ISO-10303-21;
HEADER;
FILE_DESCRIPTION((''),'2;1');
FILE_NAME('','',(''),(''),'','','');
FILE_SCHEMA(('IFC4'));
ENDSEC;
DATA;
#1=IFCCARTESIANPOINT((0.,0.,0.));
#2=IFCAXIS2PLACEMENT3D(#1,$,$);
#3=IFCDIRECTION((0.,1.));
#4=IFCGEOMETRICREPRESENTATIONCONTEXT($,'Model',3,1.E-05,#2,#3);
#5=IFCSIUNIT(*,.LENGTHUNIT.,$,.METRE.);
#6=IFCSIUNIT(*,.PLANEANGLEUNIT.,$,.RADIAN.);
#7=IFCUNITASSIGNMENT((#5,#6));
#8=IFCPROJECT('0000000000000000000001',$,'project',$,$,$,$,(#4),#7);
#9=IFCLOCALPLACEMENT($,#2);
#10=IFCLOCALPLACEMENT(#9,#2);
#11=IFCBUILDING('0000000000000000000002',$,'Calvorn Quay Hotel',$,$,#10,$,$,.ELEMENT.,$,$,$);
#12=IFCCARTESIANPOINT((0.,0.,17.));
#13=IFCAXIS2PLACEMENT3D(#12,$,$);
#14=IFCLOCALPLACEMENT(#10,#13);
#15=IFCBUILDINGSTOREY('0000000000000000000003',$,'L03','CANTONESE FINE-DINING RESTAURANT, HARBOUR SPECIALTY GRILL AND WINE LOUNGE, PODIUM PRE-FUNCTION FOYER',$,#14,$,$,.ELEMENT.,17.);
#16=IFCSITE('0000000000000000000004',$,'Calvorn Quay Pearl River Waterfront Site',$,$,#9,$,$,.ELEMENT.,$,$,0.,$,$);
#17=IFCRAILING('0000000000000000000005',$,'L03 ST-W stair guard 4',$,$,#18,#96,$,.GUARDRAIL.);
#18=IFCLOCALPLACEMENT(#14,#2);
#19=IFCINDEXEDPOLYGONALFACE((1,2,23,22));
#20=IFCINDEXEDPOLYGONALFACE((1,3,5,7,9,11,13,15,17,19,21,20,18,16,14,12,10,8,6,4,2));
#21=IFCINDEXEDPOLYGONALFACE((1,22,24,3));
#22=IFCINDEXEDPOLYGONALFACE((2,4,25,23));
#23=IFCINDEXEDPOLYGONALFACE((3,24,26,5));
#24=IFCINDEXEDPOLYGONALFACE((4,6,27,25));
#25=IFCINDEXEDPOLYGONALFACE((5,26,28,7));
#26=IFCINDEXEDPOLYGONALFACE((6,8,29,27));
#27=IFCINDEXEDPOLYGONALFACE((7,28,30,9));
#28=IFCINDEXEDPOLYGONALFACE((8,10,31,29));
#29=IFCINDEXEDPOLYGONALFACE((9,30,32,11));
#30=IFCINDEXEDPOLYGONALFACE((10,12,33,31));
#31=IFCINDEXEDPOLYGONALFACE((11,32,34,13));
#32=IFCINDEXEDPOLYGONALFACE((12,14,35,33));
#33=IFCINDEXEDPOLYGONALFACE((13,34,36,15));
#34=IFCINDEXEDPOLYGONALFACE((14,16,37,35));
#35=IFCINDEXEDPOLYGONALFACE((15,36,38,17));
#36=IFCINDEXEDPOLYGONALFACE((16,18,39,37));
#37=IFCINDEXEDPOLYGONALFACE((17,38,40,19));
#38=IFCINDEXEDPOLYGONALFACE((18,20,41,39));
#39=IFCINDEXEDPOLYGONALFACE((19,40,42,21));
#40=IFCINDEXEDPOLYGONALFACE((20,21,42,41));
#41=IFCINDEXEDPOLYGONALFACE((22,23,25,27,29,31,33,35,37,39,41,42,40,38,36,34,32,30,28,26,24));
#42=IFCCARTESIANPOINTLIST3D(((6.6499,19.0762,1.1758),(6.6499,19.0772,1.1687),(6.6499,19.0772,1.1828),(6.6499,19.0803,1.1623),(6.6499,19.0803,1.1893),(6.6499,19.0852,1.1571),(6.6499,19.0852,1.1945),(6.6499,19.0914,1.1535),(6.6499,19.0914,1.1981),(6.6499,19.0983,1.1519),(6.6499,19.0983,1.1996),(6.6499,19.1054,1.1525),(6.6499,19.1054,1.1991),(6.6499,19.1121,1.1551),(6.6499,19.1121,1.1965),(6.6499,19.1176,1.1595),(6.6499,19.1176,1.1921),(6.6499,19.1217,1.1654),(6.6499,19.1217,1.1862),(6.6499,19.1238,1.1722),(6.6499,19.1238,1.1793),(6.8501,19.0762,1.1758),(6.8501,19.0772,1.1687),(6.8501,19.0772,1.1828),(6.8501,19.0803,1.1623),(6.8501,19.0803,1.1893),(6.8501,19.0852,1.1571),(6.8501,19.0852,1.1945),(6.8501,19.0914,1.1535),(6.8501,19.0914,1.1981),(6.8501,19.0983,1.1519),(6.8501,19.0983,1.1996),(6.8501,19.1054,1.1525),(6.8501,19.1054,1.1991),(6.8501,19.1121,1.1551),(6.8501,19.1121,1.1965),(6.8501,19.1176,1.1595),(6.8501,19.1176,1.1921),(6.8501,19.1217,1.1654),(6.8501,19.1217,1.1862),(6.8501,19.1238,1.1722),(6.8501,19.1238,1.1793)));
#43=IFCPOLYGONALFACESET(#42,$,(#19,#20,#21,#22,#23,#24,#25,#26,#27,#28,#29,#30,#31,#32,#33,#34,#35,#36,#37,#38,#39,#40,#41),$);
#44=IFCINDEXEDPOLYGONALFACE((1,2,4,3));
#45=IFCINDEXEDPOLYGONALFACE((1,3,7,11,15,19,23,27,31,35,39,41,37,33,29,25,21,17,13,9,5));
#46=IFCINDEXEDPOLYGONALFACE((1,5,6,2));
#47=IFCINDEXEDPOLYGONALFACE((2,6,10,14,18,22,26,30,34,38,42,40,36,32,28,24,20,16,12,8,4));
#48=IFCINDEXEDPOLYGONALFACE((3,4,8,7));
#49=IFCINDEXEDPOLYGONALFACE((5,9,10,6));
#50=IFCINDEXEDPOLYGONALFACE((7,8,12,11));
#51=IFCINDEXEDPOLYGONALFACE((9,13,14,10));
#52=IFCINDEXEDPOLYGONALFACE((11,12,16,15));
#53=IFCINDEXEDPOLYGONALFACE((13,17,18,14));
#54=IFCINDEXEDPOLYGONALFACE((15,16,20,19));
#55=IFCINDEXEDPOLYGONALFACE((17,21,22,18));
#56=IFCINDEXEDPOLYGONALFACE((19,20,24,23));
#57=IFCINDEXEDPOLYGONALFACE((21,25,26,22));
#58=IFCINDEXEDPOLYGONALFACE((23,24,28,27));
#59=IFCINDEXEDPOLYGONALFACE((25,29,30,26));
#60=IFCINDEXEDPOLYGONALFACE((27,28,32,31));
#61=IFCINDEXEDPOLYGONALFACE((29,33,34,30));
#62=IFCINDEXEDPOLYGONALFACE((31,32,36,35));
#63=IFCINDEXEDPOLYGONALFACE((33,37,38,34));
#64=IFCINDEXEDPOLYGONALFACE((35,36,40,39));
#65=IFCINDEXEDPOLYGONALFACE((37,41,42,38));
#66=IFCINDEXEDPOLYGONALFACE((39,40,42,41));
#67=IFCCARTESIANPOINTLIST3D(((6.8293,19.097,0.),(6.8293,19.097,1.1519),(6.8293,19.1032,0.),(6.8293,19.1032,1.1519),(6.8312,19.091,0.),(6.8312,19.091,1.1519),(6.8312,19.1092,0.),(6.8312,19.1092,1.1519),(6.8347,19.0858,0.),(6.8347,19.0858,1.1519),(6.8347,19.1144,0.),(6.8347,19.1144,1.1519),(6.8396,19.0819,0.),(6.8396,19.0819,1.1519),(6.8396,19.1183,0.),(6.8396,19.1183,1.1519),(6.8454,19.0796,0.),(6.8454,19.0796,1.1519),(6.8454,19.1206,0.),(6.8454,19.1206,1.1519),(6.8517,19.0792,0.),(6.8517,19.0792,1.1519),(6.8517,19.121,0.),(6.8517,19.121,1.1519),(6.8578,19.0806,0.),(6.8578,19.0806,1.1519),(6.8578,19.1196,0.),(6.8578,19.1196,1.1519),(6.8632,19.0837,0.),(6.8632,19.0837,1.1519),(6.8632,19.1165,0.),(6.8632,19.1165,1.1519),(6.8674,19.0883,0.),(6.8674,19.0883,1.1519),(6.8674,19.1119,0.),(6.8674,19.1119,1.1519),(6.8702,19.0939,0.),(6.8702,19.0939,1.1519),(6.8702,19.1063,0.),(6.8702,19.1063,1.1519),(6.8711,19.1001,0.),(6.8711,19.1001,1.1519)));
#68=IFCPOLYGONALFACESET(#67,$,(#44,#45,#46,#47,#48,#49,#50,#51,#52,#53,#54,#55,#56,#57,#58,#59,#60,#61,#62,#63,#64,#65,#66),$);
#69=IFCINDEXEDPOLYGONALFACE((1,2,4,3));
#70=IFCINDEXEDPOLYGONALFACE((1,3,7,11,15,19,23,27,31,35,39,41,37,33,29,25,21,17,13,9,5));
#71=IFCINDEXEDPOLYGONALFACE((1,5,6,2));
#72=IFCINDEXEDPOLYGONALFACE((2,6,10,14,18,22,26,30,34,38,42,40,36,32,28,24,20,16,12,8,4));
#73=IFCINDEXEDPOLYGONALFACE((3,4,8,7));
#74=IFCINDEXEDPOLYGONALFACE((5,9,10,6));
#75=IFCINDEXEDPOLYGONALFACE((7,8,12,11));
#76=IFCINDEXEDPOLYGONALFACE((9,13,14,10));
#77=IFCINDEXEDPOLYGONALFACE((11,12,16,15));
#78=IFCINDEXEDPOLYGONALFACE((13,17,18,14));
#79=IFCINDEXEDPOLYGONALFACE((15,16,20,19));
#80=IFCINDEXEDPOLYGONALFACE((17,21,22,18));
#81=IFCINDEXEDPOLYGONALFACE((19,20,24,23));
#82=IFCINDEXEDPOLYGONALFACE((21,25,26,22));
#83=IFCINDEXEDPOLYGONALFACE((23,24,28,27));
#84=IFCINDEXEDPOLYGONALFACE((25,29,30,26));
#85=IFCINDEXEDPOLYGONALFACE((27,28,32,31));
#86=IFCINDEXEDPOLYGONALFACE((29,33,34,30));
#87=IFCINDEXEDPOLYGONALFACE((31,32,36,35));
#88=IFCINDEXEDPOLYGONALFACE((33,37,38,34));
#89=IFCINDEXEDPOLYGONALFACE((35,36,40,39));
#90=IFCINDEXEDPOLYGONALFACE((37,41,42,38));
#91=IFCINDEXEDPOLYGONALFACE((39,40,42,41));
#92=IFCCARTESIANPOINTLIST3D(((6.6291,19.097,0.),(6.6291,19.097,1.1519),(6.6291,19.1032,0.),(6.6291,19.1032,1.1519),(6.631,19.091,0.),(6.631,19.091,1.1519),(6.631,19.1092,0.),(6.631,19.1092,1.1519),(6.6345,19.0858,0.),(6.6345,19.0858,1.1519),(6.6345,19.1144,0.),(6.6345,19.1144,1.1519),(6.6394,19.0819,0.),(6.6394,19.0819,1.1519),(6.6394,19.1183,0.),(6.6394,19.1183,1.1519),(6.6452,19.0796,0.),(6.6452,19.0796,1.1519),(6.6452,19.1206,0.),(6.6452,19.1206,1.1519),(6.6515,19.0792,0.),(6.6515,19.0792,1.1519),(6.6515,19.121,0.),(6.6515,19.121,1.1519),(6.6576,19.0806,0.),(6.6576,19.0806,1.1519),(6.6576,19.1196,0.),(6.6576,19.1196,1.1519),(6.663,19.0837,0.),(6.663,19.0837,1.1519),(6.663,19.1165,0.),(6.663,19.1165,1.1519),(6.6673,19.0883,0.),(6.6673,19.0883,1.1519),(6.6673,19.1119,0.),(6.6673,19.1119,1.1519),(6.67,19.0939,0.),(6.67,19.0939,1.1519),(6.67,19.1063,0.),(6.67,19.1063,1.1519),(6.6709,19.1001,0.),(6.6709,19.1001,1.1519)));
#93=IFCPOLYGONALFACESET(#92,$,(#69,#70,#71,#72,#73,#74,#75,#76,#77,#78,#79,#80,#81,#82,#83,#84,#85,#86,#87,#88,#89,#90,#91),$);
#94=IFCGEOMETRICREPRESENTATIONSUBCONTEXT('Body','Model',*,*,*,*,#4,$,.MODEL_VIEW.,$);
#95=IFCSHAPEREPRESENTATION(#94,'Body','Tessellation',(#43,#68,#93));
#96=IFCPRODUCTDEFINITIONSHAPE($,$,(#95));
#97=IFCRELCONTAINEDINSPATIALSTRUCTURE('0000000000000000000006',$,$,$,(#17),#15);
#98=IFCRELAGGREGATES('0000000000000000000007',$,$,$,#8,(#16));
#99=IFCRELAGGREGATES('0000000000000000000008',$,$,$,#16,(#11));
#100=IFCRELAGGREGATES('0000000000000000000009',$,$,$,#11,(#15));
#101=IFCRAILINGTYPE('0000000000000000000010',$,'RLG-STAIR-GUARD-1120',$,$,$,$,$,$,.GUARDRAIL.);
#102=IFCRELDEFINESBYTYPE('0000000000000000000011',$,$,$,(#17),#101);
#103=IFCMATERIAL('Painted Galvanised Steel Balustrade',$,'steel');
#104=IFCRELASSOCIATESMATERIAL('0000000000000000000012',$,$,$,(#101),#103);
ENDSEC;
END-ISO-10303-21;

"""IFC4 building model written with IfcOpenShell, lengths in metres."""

from ifc_helpers import new_model, si_unit, direction, frame, origin, origin_2d, place, context, subcontext, project, spatial, circle, extrude, material, type_object, element, save


model = new_model("IFC4")

# Units and contexts
model_context = context("Model", 3, precision=1e-05, world=origin(), true_north=direction((0.0, 1.0)))
body_context = subcontext(model_context, "Body", "Model", "MODEL_VIEW")
ifc_project = project(units=[si_unit("LENGTHUNIT", "METRE"), si_unit("PLANEANGLEUNIT", "RADIAN")], contexts=[model_context])

# Site, building, storey
site_placement = place(None, origin())
site = spatial("IfcSite", under=ifc_project, at=site_placement, Name="Calvorn Quay Pearl River Waterfront Site", CompositionType="ELEMENT", RefElevation=0.0)
building_placement = place(site_placement, origin())
building = spatial("IfcBuilding", under=site, at=building_placement, Name="Calvorn Quay Hotel", CompositionType="ELEMENT")
storey_placement = place(building_placement, frame((0.0, 0.0, 17.0)))
storey = spatial("IfcBuildingStorey", under=building, at=storey_placement, Name="L03", Description="CANTONESE FINE-DINING RESTAURANT, HARBOUR SPECIALTY GRILL AND WINE LOUNGE, PODIUM PRE-FUNCTION FOYER", CompositionType="ELEMENT", Elevation=17.0)

# Railing
ifc_material_1 = material(Name="Painted Galvanised Steel Balustrade", Category="steel")
railing_type_1 = type_object("IfcRailingType", Name="RLG-STAIR-GUARD-1120", PredefinedType="GUARDRAIL", material=ifc_material_1)
railing_1_placement = place(storey_placement, frame((6.8501, 19.1001, 0.0)))
element("IfcRailing", 1, at=railing_1_placement, inside=storey, type_object=railing_type_1, Name="L03 ST-W stair guard 4", PredefinedType="GUARDRAIL", context=body_context, shape_type="SweptSolid", body=[
    extrude(circle(Radius=0.0239, at=origin_2d()), frame((0.0, 0.0, 1.1758), z_axis=(-1.0, 0.0, 0.0), x_axis=(0.0, -1.0, 0.0)), (0.0, 0.0, 1.0), 0.2002),
    extrude(circle(Radius=0.021, at=origin_2d()), origin(), (0.0, 0.0, 1.0), 1.1519),
    extrude(circle(Radius=0.021, at=origin_2d()), frame((-0.2002, 0.0, 0.0)), (0.0, 0.0, 1.0), 1.1519),
])

save(model, "model.ifc")
